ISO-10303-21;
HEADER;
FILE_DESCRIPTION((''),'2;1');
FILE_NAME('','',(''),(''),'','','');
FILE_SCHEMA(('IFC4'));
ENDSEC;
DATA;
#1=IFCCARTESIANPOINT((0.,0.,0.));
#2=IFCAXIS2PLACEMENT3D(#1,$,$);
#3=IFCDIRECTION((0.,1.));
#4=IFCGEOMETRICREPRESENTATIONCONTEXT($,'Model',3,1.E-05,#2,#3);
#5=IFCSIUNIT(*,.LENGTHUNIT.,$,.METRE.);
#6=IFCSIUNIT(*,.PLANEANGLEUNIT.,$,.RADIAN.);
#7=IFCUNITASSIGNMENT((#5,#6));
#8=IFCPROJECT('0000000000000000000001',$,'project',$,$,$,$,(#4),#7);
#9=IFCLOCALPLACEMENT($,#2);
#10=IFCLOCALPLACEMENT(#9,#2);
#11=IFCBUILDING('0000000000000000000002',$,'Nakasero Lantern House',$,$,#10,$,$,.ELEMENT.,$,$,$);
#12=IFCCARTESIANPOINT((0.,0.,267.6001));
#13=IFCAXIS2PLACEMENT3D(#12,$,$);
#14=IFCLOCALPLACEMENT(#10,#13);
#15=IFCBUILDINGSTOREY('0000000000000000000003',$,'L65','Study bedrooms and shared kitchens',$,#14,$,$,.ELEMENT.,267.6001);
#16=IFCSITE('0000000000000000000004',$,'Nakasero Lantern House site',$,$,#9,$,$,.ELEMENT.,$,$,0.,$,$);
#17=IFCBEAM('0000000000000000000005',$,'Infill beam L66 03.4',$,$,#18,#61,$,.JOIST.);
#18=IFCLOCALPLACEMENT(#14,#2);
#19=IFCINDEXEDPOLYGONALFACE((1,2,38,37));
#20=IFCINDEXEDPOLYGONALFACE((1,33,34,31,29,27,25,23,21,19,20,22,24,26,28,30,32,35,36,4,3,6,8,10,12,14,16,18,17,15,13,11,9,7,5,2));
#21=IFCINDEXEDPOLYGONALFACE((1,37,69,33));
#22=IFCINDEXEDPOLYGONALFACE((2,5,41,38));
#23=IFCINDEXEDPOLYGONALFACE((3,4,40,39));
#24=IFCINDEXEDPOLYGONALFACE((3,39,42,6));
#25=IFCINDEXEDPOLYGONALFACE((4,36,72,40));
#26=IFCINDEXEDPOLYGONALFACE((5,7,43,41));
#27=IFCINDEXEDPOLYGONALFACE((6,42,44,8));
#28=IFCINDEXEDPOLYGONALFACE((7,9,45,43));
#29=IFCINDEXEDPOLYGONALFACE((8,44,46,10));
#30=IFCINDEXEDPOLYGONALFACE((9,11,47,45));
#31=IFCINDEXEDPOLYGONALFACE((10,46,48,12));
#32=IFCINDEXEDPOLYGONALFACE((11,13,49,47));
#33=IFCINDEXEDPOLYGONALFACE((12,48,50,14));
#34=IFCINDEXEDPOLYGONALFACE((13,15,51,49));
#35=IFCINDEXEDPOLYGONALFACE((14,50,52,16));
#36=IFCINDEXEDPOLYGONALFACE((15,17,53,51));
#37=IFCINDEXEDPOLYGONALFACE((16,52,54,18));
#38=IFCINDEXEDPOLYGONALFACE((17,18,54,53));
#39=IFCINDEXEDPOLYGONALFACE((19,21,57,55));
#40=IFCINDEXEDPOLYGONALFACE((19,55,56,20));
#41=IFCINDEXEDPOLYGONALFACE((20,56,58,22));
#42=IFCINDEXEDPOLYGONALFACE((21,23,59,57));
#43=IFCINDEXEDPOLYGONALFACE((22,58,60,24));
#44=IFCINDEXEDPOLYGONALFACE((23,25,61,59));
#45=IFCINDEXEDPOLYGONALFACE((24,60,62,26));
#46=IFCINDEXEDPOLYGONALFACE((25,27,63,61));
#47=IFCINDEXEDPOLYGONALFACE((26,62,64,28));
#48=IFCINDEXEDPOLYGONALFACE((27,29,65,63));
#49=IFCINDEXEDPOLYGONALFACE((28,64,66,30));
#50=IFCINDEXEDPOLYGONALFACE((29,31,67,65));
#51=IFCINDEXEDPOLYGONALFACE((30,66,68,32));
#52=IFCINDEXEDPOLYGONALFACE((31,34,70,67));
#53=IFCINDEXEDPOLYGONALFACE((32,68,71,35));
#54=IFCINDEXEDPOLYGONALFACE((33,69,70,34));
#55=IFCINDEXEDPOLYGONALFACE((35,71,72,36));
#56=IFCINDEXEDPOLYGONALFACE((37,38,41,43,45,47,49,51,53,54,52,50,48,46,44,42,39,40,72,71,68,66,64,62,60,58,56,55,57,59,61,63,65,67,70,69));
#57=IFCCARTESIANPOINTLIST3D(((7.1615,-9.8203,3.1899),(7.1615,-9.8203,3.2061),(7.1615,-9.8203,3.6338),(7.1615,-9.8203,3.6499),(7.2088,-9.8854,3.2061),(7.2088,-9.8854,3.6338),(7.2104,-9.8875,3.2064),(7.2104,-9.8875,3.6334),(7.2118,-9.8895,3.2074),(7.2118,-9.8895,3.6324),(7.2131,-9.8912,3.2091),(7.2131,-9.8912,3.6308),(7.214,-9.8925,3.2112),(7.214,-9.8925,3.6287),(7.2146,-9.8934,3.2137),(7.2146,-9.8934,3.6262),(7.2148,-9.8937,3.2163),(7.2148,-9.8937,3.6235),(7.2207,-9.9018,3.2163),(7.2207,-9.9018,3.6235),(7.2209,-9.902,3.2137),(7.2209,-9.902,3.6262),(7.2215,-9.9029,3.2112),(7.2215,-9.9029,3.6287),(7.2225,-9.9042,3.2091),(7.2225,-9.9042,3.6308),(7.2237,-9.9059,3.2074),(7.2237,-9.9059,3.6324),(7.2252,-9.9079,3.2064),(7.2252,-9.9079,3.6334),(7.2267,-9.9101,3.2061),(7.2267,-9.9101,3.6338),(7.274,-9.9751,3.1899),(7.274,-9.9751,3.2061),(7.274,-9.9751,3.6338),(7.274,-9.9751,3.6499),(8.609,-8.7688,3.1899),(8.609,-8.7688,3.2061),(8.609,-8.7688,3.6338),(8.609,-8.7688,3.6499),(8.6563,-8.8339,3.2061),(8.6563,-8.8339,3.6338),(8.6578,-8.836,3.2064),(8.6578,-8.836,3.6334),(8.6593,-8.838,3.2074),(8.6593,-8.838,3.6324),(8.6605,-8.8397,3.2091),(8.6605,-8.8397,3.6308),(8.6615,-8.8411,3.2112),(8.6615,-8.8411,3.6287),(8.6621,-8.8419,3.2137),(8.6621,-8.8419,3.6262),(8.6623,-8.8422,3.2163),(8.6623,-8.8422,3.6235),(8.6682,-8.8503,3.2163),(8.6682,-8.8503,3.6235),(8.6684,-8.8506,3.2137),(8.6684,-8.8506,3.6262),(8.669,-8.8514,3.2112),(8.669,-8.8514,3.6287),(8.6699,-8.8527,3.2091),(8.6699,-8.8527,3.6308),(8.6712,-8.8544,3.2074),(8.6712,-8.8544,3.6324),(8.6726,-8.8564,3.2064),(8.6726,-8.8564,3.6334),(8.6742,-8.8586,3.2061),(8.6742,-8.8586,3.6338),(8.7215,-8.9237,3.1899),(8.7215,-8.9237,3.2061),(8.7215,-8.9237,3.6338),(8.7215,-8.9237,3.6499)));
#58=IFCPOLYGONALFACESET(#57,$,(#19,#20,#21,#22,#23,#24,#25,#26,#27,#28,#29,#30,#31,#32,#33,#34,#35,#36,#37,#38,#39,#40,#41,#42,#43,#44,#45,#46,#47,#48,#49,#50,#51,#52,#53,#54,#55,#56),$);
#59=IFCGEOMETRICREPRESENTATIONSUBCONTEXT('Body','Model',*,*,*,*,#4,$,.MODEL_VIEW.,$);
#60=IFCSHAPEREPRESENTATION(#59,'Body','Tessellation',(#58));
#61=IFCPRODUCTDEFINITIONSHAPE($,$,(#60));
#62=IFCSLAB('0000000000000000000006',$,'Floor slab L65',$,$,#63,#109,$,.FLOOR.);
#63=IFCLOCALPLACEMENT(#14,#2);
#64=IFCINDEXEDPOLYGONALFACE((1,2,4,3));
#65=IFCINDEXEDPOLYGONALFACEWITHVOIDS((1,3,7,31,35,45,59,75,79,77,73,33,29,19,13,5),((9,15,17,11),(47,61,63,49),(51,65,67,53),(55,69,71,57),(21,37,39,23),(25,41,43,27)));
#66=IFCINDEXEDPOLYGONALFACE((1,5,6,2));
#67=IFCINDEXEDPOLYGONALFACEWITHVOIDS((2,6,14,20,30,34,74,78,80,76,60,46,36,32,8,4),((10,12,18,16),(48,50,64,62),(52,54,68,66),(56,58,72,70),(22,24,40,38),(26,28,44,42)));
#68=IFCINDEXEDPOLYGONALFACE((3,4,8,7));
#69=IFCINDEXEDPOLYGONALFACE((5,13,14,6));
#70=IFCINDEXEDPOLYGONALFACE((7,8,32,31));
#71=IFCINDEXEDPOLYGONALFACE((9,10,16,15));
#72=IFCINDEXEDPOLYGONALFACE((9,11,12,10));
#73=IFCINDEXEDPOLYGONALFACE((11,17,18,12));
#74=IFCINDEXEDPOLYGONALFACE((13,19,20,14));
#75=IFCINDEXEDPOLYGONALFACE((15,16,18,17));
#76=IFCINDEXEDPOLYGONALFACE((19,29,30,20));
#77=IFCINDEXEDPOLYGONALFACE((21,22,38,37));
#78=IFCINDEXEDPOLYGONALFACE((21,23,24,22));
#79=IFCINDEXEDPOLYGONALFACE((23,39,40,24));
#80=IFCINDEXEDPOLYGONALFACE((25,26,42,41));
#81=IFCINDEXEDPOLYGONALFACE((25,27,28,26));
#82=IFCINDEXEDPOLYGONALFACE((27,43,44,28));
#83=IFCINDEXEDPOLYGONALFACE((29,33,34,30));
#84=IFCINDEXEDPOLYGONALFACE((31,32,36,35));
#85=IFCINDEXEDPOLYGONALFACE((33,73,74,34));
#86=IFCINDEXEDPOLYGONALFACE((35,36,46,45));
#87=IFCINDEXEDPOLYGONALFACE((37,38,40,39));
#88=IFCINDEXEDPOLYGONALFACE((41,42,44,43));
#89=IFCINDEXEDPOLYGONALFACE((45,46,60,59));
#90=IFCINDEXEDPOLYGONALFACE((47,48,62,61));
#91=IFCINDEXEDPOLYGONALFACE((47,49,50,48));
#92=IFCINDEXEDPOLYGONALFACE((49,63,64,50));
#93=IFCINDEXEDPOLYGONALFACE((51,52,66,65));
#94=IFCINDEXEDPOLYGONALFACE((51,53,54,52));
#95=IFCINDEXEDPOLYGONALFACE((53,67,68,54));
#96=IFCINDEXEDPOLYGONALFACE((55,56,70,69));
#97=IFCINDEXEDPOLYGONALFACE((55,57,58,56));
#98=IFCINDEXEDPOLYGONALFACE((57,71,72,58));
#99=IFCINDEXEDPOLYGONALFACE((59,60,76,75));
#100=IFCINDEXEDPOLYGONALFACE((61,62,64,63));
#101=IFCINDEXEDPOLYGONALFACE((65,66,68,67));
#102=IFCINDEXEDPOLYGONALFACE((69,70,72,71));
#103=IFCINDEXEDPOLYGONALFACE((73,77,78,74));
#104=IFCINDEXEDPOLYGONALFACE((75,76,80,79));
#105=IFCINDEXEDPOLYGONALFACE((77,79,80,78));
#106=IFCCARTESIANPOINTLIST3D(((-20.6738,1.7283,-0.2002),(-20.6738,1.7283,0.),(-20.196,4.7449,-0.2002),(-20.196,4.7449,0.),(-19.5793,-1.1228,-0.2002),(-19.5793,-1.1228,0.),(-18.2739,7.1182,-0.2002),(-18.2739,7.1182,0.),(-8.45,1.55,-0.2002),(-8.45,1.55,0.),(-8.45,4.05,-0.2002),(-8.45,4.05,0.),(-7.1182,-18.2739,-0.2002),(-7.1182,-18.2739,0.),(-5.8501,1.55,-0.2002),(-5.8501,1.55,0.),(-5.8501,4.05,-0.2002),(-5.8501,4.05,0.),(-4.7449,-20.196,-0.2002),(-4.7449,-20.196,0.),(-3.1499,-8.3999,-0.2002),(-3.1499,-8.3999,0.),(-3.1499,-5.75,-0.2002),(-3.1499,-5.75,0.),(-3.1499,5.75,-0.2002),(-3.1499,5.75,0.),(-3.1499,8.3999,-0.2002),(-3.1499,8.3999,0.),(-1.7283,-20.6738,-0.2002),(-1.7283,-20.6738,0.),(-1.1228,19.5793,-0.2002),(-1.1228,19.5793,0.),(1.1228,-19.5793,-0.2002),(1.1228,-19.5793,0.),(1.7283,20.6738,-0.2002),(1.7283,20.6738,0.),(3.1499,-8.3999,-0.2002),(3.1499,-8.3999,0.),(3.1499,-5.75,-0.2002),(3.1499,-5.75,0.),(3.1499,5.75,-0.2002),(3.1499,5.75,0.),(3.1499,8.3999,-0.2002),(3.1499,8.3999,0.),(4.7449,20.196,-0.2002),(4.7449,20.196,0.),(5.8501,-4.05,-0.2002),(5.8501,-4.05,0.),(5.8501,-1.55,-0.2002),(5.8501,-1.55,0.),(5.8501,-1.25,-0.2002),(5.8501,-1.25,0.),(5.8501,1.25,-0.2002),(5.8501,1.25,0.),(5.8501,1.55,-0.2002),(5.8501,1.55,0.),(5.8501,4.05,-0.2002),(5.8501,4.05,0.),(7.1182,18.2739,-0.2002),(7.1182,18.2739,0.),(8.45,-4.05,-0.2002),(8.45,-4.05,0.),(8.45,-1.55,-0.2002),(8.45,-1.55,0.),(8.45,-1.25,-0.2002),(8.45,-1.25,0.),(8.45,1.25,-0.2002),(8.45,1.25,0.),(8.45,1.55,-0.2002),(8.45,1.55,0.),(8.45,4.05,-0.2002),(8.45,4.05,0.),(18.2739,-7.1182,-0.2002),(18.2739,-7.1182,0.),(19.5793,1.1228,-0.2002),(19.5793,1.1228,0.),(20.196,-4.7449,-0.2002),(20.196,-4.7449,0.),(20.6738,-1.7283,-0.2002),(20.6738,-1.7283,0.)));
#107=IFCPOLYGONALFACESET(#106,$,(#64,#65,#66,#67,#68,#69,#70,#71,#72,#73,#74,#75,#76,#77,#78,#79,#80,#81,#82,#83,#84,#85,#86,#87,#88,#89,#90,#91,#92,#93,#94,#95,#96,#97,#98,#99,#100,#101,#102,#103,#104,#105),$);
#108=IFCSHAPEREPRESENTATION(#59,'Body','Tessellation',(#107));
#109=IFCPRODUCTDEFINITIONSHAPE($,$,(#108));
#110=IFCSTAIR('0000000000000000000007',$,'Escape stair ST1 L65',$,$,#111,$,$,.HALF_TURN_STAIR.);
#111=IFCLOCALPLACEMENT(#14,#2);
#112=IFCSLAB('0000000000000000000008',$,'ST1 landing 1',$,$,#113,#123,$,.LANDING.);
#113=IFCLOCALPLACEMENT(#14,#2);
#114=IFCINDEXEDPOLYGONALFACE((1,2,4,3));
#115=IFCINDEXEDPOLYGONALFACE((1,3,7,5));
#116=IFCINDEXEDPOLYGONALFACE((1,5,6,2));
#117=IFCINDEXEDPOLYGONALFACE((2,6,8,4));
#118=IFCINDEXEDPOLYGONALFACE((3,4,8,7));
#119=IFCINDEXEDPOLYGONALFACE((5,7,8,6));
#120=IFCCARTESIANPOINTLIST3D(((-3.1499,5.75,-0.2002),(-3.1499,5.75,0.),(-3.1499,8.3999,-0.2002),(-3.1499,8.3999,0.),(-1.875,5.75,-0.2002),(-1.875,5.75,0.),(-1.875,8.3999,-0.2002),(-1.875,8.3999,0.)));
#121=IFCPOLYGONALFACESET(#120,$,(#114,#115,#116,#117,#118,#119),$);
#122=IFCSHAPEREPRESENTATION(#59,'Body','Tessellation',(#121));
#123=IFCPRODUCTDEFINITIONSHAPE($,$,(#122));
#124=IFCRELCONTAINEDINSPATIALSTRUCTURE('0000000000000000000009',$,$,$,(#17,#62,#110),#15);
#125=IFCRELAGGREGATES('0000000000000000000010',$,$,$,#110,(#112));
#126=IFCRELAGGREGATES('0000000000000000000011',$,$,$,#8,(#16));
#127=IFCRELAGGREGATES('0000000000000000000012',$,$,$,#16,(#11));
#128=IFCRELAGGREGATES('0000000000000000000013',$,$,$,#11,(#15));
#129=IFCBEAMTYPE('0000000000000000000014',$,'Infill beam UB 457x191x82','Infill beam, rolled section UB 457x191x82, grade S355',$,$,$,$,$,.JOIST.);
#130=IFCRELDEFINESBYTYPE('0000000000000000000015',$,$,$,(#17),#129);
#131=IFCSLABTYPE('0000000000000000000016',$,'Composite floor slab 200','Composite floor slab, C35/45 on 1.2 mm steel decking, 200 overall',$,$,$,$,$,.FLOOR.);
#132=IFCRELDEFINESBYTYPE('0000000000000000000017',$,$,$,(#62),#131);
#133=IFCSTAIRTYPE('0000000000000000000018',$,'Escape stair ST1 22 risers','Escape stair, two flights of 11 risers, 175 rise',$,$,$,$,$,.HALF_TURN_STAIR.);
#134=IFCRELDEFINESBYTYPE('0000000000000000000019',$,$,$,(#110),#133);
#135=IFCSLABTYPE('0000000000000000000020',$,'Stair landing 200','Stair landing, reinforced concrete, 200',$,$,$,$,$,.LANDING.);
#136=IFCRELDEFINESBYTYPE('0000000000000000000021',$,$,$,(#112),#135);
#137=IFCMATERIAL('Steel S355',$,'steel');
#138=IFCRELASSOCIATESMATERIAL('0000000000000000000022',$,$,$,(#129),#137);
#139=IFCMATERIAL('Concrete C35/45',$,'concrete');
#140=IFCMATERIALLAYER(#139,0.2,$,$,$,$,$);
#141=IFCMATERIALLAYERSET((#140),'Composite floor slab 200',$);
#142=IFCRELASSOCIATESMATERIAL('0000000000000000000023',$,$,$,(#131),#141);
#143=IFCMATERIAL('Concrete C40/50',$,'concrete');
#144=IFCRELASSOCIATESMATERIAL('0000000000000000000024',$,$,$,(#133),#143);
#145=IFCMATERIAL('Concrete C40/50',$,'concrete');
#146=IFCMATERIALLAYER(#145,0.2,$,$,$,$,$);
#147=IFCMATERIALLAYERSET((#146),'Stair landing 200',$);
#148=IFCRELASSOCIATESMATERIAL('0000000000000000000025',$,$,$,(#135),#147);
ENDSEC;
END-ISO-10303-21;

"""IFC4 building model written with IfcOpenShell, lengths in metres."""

from ifc_helpers import new_model, si_unit, direction, frame, origin, origin_2d, place, context, subcontext, project, spatial, polyline, i_section, outline, extrude, material, layer, layer_set, material_profile, profile_set, type_object, element, aggregate, save


model = new_model("IFC4")

# Units and contexts
model_context = context("Model", 3, precision=1e-05, world=origin(), true_north=direction((0.0, 1.0)))
body_context = subcontext(model_context, "Body", "Model", "MODEL_VIEW")
ifc_project = project(units=[si_unit("LENGTHUNIT", "METRE"), si_unit("PLANEANGLEUNIT", "RADIAN")], contexts=[model_context])

# Site, building, storey
site_placement = place(None, origin())
site = spatial("IfcSite", under=ifc_project, at=site_placement, Name="Nakasero Lantern House site", CompositionType="ELEMENT", RefElevation=0.0)
building_placement = place(site_placement, origin())
building = spatial("IfcBuilding", under=site, at=building_placement, Name="Nakasero Lantern House", CompositionType="ELEMENT")
storey_placement = place(building_placement, frame((0.0, 0.0, 267.6001)))
storey = spatial("IfcBuildingStorey", under=building, at=storey_placement, Name="L65", Description="Study bedrooms and shared kitchens", CompositionType="ELEMENT", Elevation=267.6001)

# Beam
ifc_material_1 = material(Name="Steel S355", Category="steel")
ifc_material_profile = material_profile(ifc_material_1, i_section(OverallWidth=0.1914, OverallDepth=0.46, WebThickness=0.01, FlangeThickness=0.0161, FilletRadius=0.0103, at=origin_2d()), Name="UB 457x191x82")
ifc_profile_set = profile_set([ifc_material_profile], Name="Steel S355")
beam_type = type_object("IfcBeamType", Name="Infill beam UB 457x191x82", Description="Infill beam, rolled section UB 457x191x82, grade S355", PredefinedType="JOIST", material=ifc_profile_set)
beam_placement = place(storey_placement, frame((7.2178, -9.8977, 3.4199), z_axis=(0.809061, 0.587725, 0.0), x_axis=(-0.587725, 0.809061, 0.0)))
element("IfcBeam", 1, at=beam_placement, inside=storey, type_object=beam_type, Name="Infill beam L66 03.4", PredefinedType="JOIST", context=body_context, shape_type="SweptSolid", body=[
    extrude(i_section(OverallWidth=0.1914, OverallDepth=0.46, WebThickness=0.01, FlangeThickness=0.0161, FilletRadius=0.0103, at=origin_2d()), origin(), (0.0, 0.0, 1.0), 1.7891),
])

# Slab
ifc_material_2 = material(Name="Concrete C35/45", Category="concrete")
ifc_layer_1 = layer(ifc_material_2, 0.2)
ifc_layer_set_1 = layer_set([ifc_layer_1], Name="Composite floor slab 200")
slab_type_1 = type_object("IfcSlabType", Name="Composite floor slab 200", Description="Composite floor slab, C35/45 on 1.2 mm steel decking, 200 overall", PredefinedType="FLOOR", material=ifc_layer_set_1)
slab_1_placement = place(storey_placement, frame((0.0, 0.0, -0.2002)))
element("IfcSlab", 2, at=slab_1_placement, inside=storey, type_object=slab_type_1, Name="Floor slab L65", PredefinedType="FLOOR", context=body_context, shape_type="SweptSolid", body=[
    extrude(outline(polyline([(7.1182, 18.2739), (4.7449, 20.196), (1.7283, 20.6738), (-1.1228, 19.5793), (-18.2739, 7.1182), (-20.196, 4.7449), (-20.6738, 1.7283), (-19.5793, -1.1228), (-7.1182, -18.2739), (-4.7449, -20.196), (-1.7283, -20.6738), (1.1228, -19.5793), (18.2739, -7.1182), (20.196, -4.7449), (20.6738, -1.7283), (19.5793, 1.1228), (7.1182, 18.2739)]), holes=[polyline([(-8.45, 1.55), (-5.8501, 1.55), (-5.8501, 4.05), (-8.45, 4.05), (-8.45, 1.55)]), polyline([(5.8501, -4.05), (8.45, -4.05), (8.45, -1.55), (5.8501, -1.55), (5.8501, -4.05)]), polyline([(5.8501, -1.25), (8.45, -1.25), (8.45, 1.25), (5.8501, 1.25), (5.8501, -1.25)]), polyline([(5.8501, 1.55), (8.45, 1.55), (8.45, 4.05), (5.8501, 4.05), (5.8501, 1.55)]), polyline([(-3.1499, 5.75), (3.1499, 5.75), (3.1499, 8.3999), (-3.1499, 8.3999), (-3.1499, 5.75)]), polyline([(-3.1499, -8.3999), (3.1499, -8.3999), (3.1499, -5.75), (-3.1499, -5.75), (-3.1499, -8.3999)])]), origin(), (0.0, 0.0, 1.0), 0.2002),
])

# Stair, slab
ifc_material_3 = material(Name="Concrete C40/50", Category="concrete")
stair_type_1 = type_object("IfcStairType", Name="Escape stair ST1 22 risers", Description="Escape stair, two flights of 11 risers, 175 rise", PredefinedType="HALF_TURN_STAIR", material=ifc_material_3)
stair_1_placement = place(storey_placement, origin())
stair_1 = element("IfcStair", 3, at=stair_1_placement, inside=storey, type_object=stair_type_1, Name="Escape stair ST1 L65", PredefinedType="HALF_TURN_STAIR")
ifc_material_4 = material(Name="Concrete C40/50", Category="concrete")
ifc_layer_2 = layer(ifc_material_4, 0.2)
ifc_layer_set_2 = layer_set([ifc_layer_2], Name="Stair landing 200")
slab_type_2 = type_object("IfcSlabType", Name="Stair landing 200", Description="Stair landing, reinforced concrete, 200", PredefinedType="LANDING", material=ifc_layer_set_2)
slab_2_placement = place(storey_placement, frame((0.0, 0.0, -0.2002)))
slab_2 = element("IfcSlab", 4, at=slab_2_placement, type_object=slab_type_2, Name="ST1 landing 1", PredefinedType="LANDING", context=body_context, shape_type="SweptSolid", body=[
    extrude(outline(polyline([(-3.1499, 5.75), (-1.875, 5.75), (-1.875, 8.3999), (-3.1499, 8.3999), (-3.1499, 5.75)])), origin(), (0.0, 0.0, 1.0), 0.2002),
])
aggregate(stair_1, [slab_2])

save(model, "model.ifc")
